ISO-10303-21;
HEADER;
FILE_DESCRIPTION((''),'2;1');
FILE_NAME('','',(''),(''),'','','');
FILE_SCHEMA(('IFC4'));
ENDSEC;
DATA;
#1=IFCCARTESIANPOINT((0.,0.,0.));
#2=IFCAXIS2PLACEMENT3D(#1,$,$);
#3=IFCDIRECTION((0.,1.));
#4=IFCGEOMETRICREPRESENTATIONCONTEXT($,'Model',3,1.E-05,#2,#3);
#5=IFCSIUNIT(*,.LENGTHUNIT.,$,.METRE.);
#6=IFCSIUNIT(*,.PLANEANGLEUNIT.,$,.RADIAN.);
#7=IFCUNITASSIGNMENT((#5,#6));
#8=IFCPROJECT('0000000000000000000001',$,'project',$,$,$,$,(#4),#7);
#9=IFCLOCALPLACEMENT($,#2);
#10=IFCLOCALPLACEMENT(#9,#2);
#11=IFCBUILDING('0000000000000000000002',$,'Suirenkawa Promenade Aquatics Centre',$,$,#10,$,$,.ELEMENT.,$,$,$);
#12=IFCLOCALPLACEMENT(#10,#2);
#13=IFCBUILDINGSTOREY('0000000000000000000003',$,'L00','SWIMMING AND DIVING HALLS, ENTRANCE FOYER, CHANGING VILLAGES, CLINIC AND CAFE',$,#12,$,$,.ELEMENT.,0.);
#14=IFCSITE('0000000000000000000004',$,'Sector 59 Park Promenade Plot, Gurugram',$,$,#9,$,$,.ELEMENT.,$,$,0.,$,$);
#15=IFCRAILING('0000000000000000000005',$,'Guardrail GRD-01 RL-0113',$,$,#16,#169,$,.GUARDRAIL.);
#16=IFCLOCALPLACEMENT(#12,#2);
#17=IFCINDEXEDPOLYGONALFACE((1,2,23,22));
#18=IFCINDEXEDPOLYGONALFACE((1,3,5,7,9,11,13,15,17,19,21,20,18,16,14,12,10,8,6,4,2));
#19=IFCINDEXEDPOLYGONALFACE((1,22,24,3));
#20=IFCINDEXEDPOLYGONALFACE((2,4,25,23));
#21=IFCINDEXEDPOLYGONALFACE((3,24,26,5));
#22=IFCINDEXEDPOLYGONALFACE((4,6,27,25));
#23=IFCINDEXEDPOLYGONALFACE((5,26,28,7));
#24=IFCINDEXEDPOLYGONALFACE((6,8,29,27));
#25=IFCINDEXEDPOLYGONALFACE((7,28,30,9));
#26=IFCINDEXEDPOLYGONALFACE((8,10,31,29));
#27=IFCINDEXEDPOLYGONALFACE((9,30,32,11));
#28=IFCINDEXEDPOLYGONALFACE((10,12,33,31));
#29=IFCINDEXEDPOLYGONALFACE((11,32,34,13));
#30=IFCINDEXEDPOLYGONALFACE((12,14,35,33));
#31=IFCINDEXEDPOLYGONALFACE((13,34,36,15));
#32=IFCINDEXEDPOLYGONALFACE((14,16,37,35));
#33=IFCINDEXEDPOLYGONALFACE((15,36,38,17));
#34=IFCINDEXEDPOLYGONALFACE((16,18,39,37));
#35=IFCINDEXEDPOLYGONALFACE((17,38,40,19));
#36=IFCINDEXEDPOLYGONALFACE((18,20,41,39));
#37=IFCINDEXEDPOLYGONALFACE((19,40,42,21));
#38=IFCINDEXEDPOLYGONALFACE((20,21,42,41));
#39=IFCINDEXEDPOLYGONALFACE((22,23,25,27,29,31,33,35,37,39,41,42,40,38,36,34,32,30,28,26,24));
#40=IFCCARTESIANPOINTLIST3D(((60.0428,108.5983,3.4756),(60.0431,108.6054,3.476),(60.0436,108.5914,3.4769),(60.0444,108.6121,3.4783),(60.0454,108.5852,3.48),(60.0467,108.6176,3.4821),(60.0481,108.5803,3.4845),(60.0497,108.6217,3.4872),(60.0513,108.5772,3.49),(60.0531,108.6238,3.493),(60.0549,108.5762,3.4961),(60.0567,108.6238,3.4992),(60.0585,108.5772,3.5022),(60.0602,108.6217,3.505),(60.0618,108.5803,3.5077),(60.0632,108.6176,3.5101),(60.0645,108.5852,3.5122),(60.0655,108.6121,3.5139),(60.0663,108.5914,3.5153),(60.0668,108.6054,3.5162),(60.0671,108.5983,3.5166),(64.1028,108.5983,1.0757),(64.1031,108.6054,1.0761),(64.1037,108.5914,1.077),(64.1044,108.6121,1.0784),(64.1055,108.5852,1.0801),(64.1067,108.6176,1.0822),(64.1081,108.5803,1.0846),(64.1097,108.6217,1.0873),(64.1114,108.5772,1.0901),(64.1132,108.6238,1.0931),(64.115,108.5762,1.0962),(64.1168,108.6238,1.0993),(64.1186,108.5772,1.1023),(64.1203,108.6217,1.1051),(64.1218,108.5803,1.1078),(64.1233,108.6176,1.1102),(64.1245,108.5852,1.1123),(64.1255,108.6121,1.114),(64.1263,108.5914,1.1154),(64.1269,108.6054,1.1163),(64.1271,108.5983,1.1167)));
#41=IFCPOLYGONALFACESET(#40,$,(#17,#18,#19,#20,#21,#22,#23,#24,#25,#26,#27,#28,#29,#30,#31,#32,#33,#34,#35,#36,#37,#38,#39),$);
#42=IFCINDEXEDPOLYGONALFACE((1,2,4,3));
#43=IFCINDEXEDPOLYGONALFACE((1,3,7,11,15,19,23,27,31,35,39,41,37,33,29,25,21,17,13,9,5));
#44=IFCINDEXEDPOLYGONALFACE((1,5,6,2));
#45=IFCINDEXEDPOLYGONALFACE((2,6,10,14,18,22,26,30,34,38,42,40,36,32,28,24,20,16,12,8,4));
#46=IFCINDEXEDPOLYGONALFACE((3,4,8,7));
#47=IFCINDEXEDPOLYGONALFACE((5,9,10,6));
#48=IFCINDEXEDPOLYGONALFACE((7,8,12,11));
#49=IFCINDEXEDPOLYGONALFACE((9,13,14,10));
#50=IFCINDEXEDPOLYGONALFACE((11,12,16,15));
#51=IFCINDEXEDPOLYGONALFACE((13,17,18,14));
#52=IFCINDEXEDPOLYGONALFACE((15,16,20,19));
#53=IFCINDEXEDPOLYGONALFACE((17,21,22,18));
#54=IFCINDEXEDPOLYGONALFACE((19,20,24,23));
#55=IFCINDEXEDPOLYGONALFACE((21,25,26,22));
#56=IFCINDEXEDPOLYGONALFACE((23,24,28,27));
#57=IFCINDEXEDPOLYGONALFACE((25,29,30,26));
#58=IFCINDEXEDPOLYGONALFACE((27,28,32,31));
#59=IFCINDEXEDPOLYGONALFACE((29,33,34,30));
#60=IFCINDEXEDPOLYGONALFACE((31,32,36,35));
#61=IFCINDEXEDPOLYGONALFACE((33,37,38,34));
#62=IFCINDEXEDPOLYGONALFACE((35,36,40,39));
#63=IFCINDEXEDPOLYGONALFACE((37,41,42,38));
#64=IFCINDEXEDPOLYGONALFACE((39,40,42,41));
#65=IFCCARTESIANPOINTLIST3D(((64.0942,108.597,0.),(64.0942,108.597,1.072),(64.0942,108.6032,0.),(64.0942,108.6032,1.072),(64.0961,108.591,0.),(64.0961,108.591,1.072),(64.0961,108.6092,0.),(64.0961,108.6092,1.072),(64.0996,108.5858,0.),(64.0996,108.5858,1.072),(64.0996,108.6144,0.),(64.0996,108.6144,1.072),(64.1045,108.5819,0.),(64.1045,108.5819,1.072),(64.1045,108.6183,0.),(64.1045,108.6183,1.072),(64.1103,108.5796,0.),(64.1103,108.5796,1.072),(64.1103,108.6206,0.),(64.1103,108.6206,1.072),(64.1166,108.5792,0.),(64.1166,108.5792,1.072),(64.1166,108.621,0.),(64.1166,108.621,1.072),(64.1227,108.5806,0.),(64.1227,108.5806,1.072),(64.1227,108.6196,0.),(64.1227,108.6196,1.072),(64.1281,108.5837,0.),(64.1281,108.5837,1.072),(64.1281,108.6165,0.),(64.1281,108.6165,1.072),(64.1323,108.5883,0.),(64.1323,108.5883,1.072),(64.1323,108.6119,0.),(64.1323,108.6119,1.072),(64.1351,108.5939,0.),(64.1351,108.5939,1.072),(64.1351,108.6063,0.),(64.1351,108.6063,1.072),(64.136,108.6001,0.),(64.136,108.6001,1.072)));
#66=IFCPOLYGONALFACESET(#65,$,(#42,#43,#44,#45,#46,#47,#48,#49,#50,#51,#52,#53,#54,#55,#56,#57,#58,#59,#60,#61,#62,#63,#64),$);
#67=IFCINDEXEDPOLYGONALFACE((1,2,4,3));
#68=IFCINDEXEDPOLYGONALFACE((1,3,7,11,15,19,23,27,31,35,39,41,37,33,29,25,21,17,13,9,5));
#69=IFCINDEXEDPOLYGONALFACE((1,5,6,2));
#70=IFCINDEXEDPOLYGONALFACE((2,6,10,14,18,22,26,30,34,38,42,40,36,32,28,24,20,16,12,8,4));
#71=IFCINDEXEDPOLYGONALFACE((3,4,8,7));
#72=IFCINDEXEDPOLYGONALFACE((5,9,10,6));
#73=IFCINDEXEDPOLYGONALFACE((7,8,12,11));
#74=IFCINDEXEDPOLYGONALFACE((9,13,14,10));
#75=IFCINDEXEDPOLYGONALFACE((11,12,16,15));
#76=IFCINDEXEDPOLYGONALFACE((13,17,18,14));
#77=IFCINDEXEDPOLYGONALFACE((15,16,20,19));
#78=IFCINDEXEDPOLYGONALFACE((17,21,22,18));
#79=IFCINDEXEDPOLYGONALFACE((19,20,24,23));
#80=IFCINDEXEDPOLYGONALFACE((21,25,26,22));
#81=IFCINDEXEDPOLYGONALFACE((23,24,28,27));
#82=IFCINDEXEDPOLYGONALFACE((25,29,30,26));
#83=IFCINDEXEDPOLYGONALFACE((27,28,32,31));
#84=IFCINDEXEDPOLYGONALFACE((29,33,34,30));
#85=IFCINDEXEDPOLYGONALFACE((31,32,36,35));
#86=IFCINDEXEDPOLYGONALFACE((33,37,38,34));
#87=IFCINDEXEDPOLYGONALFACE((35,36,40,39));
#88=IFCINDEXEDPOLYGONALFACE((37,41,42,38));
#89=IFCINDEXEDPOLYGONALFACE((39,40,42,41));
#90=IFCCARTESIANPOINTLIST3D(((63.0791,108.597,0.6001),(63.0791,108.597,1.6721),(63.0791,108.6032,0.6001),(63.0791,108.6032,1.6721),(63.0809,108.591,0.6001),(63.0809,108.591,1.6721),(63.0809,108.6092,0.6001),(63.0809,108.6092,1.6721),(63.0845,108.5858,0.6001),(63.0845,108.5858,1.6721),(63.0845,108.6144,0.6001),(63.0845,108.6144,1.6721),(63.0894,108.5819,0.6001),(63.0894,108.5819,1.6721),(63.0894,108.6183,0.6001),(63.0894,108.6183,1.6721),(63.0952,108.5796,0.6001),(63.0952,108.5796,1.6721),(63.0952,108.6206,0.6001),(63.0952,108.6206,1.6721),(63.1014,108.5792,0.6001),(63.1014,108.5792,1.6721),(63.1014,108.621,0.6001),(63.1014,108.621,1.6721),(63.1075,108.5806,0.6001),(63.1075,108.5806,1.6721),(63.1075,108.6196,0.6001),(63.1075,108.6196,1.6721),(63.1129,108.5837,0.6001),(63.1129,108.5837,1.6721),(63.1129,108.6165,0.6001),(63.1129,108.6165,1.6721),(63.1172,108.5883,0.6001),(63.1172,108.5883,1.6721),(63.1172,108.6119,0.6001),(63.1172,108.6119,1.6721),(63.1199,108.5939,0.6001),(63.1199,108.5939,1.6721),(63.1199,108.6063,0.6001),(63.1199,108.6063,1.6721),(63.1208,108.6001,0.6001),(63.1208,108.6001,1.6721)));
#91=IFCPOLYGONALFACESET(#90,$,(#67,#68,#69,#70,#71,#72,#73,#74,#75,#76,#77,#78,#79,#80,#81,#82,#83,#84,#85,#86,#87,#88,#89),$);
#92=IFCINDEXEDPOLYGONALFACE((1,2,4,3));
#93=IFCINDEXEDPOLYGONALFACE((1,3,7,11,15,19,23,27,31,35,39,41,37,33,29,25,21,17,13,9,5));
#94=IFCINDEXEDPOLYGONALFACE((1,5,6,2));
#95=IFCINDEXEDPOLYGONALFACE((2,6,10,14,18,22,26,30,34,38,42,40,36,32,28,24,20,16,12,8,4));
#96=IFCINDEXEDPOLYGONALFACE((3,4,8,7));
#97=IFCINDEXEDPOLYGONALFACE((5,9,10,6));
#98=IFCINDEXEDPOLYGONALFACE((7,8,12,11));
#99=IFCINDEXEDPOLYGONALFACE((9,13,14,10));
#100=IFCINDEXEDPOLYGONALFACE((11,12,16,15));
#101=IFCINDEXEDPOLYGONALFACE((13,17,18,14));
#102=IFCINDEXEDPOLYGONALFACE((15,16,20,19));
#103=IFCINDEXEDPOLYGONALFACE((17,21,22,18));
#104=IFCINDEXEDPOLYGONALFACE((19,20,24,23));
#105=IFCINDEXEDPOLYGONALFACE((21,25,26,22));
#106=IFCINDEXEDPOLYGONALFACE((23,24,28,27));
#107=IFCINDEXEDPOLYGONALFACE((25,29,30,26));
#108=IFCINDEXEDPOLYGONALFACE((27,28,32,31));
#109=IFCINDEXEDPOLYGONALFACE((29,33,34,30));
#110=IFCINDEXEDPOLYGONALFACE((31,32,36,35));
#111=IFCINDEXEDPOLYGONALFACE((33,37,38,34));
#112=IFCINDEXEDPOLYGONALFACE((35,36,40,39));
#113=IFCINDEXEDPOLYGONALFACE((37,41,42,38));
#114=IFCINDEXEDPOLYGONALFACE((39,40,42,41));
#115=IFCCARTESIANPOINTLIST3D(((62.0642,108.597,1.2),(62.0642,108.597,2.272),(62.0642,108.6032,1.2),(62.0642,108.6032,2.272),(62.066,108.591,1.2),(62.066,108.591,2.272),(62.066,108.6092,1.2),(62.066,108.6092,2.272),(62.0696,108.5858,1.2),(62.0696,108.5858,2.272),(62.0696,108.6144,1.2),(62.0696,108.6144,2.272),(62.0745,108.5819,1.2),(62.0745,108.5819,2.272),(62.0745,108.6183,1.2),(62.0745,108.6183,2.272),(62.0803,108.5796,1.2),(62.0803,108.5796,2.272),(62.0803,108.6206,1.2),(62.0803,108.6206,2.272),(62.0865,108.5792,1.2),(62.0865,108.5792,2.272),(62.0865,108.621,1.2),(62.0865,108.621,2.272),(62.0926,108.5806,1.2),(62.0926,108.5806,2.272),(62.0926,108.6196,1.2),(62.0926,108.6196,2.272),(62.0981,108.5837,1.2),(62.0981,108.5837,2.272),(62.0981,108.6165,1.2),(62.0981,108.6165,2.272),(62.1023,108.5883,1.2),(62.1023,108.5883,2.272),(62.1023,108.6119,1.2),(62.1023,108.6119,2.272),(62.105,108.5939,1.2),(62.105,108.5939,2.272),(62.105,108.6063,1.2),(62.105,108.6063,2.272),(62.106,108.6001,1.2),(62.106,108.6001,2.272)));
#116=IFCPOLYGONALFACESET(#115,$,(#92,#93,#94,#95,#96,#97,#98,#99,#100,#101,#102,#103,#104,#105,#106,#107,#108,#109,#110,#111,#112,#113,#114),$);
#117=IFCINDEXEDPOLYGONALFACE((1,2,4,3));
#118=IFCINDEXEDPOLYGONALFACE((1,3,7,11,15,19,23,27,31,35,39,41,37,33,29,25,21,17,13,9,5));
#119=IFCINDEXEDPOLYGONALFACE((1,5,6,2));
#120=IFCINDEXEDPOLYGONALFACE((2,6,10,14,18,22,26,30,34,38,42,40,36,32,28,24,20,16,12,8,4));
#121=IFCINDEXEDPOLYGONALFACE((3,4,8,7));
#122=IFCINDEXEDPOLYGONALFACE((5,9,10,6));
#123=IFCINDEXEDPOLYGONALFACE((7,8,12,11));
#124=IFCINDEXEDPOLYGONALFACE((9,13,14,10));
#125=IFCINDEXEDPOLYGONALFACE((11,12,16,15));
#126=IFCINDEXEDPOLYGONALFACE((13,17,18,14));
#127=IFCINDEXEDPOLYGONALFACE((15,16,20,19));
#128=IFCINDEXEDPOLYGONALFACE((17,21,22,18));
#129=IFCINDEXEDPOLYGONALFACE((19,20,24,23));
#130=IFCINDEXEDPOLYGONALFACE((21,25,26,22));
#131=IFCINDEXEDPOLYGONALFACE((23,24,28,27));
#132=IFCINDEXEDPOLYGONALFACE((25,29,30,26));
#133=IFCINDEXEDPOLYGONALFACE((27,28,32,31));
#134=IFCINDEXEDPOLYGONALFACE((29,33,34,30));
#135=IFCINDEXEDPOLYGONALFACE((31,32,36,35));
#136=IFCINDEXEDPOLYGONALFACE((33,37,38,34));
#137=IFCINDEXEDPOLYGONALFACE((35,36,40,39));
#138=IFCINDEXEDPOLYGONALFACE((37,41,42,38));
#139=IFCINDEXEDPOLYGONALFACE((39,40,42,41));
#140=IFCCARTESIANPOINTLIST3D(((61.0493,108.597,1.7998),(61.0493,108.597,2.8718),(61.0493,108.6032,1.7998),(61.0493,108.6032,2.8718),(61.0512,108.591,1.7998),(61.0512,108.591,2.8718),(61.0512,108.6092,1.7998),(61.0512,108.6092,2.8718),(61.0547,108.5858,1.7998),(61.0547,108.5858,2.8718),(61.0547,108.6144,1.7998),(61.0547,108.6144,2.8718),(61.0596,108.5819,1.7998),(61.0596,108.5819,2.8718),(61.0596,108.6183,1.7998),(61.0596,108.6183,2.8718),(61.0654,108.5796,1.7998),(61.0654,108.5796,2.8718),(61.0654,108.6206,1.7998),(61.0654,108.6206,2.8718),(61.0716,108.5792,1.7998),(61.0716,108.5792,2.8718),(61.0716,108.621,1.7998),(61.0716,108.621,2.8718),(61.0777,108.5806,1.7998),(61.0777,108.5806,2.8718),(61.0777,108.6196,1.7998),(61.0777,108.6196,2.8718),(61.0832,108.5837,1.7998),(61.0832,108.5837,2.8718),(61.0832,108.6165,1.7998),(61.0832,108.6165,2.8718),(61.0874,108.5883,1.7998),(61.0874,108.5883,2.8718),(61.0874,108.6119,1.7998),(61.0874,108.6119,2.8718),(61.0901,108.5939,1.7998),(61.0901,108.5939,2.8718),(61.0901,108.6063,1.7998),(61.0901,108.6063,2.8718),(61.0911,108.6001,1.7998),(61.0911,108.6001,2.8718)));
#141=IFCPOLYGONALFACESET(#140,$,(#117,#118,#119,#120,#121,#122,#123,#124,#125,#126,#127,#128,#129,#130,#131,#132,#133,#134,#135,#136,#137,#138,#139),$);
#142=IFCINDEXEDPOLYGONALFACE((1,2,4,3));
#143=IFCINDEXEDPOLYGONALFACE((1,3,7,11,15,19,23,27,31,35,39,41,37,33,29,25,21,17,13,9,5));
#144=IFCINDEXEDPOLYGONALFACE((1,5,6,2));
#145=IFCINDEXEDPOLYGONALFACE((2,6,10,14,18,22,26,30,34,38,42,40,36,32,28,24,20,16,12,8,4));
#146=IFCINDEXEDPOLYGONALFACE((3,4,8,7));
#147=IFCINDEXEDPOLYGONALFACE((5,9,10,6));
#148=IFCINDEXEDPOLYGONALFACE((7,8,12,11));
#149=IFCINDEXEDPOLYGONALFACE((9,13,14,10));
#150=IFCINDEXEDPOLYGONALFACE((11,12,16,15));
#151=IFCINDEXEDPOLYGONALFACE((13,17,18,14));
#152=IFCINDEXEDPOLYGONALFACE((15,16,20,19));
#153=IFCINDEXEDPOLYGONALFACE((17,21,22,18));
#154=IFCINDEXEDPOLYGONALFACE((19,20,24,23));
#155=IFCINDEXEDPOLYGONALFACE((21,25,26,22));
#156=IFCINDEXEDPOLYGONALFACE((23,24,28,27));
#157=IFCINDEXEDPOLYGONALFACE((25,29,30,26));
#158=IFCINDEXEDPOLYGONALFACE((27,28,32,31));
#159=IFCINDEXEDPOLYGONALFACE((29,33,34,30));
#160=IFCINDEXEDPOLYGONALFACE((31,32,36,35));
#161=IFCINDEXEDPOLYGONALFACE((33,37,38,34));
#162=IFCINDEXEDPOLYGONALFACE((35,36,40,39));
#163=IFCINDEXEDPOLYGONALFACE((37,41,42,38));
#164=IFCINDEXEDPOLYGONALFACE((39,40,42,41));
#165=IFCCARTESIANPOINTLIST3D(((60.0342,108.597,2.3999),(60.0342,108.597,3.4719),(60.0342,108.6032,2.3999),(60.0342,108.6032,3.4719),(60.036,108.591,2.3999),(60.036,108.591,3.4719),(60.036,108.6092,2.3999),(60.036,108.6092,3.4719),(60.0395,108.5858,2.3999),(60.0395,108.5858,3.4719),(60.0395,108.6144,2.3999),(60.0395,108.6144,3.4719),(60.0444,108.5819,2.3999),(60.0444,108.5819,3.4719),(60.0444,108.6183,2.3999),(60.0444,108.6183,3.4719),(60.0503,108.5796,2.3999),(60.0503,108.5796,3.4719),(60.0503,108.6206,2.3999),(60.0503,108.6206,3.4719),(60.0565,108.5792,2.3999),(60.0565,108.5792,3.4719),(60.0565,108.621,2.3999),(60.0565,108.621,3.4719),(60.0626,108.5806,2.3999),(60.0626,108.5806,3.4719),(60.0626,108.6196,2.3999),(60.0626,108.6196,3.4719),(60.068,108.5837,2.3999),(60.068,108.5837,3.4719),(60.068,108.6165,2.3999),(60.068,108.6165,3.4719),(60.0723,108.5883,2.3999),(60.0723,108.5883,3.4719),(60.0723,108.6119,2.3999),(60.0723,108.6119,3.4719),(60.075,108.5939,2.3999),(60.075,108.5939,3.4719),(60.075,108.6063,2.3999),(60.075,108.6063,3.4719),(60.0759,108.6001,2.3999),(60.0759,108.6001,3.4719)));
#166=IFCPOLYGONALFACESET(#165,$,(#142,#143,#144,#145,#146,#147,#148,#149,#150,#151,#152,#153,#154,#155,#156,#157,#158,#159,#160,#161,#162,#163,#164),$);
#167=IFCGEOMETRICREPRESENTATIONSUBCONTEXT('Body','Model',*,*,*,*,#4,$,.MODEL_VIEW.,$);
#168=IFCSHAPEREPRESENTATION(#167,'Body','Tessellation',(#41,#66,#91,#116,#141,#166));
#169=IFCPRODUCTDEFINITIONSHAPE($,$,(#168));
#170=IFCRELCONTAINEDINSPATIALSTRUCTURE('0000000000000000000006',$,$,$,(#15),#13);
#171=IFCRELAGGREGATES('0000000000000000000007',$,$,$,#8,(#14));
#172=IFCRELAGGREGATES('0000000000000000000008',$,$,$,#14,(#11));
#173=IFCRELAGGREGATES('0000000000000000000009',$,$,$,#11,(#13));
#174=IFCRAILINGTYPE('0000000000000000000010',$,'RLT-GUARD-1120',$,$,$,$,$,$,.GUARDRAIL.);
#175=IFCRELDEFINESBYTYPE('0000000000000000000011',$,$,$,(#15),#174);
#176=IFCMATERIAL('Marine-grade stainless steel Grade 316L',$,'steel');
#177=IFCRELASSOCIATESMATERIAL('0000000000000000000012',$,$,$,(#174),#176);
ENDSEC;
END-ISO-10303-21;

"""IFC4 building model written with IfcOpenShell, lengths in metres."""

from ifc_helpers import new_model, si_unit, direction, frame, origin, origin_2d, place, context, subcontext, project, spatial, circle, extrude, material, type_object, element, save


model = new_model("IFC4")

# Units and contexts
model_context = context("Model", 3, precision=1e-05, world=origin(), true_north=direction((0.0, 1.0)))
body_context = subcontext(model_context, "Body", "Model", "MODEL_VIEW")
ifc_project = project(units=[si_unit("LENGTHUNIT", "METRE"), si_unit("PLANEANGLEUNIT", "RADIAN")], contexts=[model_context])

# Site, building, storey
site_placement = place(None, origin())
site = spatial("IfcSite", under=ifc_project, at=site_placement, Name="Sector 59 Park Promenade Plot, Gurugram", CompositionType="ELEMENT", RefElevation=0.0)
building_placement = place(site_placement, origin())
building = spatial("IfcBuilding", under=site, at=building_placement, Name="Suirenkawa Promenade Aquatics Centre", CompositionType="ELEMENT")
storey_placement = place(building_placement, origin())
storey = spatial("IfcBuildingStorey", under=building, at=storey_placement, Name="L00", Description="SWIMMING AND DIVING HALLS, ENTRANCE FOYER, CHANGING VILLAGES, CLINIC AND CAFE", CompositionType="ELEMENT", Elevation=0.0)

# Shared definitions
ifc_material_1 = material(Name="Marine-grade stainless steel Grade 316L", Category="steel")

# Railing
railing_type_1 = type_object("IfcRailingType", Name="RLT-GUARD-1120", PredefinedType="GUARDRAIL", material=ifc_material_1)
for number, where, name in (
    (1, (64.115, 108.6001, 0.0), "Guardrail GRD-01 RL-0113"),
):
    element("IfcRailing", number, at=place(storey_placement, frame(where)), inside=storey, type_object=railing_type_1, Name=name, PredefinedType="GUARDRAIL", context=body_context, shape_type="SweptSolid", body=[
        extrude(circle(Radius=0.0239, at=origin_2d()), frame((0.0, 0.0, 1.0962), z_axis=(-0.860854, 0.0, 0.508851), x_axis=(0.0, -1.0, 0.0)), (0.0, 0.0, 1.0), 4.7163),
        extrude(circle(Radius=0.021, at=origin_2d()), origin(), (0.0, 0.0, 1.0), 1.072),
        extrude(circle(Radius=0.021, at=origin_2d()), frame((-1.0151, 0.0, 0.6001)), (0.0, 0.0, 1.0), 1.072),
        extrude(circle(Radius=0.021, at=origin_2d()), frame((-2.03, 0.0, 1.2)), (0.0, 0.0, 1.0), 1.072),
        extrude(circle(Radius=0.021, at=origin_2d()), frame((-3.0449, 0.0, 1.7998)), (0.0, 0.0, 1.0), 1.072),
        extrude(circle(Radius=0.021, at=origin_2d()), frame((-4.0601, 0.0, 2.3999)), (0.0, 0.0, 1.0), 1.072),
    ])

save(model, "model.ifc")
